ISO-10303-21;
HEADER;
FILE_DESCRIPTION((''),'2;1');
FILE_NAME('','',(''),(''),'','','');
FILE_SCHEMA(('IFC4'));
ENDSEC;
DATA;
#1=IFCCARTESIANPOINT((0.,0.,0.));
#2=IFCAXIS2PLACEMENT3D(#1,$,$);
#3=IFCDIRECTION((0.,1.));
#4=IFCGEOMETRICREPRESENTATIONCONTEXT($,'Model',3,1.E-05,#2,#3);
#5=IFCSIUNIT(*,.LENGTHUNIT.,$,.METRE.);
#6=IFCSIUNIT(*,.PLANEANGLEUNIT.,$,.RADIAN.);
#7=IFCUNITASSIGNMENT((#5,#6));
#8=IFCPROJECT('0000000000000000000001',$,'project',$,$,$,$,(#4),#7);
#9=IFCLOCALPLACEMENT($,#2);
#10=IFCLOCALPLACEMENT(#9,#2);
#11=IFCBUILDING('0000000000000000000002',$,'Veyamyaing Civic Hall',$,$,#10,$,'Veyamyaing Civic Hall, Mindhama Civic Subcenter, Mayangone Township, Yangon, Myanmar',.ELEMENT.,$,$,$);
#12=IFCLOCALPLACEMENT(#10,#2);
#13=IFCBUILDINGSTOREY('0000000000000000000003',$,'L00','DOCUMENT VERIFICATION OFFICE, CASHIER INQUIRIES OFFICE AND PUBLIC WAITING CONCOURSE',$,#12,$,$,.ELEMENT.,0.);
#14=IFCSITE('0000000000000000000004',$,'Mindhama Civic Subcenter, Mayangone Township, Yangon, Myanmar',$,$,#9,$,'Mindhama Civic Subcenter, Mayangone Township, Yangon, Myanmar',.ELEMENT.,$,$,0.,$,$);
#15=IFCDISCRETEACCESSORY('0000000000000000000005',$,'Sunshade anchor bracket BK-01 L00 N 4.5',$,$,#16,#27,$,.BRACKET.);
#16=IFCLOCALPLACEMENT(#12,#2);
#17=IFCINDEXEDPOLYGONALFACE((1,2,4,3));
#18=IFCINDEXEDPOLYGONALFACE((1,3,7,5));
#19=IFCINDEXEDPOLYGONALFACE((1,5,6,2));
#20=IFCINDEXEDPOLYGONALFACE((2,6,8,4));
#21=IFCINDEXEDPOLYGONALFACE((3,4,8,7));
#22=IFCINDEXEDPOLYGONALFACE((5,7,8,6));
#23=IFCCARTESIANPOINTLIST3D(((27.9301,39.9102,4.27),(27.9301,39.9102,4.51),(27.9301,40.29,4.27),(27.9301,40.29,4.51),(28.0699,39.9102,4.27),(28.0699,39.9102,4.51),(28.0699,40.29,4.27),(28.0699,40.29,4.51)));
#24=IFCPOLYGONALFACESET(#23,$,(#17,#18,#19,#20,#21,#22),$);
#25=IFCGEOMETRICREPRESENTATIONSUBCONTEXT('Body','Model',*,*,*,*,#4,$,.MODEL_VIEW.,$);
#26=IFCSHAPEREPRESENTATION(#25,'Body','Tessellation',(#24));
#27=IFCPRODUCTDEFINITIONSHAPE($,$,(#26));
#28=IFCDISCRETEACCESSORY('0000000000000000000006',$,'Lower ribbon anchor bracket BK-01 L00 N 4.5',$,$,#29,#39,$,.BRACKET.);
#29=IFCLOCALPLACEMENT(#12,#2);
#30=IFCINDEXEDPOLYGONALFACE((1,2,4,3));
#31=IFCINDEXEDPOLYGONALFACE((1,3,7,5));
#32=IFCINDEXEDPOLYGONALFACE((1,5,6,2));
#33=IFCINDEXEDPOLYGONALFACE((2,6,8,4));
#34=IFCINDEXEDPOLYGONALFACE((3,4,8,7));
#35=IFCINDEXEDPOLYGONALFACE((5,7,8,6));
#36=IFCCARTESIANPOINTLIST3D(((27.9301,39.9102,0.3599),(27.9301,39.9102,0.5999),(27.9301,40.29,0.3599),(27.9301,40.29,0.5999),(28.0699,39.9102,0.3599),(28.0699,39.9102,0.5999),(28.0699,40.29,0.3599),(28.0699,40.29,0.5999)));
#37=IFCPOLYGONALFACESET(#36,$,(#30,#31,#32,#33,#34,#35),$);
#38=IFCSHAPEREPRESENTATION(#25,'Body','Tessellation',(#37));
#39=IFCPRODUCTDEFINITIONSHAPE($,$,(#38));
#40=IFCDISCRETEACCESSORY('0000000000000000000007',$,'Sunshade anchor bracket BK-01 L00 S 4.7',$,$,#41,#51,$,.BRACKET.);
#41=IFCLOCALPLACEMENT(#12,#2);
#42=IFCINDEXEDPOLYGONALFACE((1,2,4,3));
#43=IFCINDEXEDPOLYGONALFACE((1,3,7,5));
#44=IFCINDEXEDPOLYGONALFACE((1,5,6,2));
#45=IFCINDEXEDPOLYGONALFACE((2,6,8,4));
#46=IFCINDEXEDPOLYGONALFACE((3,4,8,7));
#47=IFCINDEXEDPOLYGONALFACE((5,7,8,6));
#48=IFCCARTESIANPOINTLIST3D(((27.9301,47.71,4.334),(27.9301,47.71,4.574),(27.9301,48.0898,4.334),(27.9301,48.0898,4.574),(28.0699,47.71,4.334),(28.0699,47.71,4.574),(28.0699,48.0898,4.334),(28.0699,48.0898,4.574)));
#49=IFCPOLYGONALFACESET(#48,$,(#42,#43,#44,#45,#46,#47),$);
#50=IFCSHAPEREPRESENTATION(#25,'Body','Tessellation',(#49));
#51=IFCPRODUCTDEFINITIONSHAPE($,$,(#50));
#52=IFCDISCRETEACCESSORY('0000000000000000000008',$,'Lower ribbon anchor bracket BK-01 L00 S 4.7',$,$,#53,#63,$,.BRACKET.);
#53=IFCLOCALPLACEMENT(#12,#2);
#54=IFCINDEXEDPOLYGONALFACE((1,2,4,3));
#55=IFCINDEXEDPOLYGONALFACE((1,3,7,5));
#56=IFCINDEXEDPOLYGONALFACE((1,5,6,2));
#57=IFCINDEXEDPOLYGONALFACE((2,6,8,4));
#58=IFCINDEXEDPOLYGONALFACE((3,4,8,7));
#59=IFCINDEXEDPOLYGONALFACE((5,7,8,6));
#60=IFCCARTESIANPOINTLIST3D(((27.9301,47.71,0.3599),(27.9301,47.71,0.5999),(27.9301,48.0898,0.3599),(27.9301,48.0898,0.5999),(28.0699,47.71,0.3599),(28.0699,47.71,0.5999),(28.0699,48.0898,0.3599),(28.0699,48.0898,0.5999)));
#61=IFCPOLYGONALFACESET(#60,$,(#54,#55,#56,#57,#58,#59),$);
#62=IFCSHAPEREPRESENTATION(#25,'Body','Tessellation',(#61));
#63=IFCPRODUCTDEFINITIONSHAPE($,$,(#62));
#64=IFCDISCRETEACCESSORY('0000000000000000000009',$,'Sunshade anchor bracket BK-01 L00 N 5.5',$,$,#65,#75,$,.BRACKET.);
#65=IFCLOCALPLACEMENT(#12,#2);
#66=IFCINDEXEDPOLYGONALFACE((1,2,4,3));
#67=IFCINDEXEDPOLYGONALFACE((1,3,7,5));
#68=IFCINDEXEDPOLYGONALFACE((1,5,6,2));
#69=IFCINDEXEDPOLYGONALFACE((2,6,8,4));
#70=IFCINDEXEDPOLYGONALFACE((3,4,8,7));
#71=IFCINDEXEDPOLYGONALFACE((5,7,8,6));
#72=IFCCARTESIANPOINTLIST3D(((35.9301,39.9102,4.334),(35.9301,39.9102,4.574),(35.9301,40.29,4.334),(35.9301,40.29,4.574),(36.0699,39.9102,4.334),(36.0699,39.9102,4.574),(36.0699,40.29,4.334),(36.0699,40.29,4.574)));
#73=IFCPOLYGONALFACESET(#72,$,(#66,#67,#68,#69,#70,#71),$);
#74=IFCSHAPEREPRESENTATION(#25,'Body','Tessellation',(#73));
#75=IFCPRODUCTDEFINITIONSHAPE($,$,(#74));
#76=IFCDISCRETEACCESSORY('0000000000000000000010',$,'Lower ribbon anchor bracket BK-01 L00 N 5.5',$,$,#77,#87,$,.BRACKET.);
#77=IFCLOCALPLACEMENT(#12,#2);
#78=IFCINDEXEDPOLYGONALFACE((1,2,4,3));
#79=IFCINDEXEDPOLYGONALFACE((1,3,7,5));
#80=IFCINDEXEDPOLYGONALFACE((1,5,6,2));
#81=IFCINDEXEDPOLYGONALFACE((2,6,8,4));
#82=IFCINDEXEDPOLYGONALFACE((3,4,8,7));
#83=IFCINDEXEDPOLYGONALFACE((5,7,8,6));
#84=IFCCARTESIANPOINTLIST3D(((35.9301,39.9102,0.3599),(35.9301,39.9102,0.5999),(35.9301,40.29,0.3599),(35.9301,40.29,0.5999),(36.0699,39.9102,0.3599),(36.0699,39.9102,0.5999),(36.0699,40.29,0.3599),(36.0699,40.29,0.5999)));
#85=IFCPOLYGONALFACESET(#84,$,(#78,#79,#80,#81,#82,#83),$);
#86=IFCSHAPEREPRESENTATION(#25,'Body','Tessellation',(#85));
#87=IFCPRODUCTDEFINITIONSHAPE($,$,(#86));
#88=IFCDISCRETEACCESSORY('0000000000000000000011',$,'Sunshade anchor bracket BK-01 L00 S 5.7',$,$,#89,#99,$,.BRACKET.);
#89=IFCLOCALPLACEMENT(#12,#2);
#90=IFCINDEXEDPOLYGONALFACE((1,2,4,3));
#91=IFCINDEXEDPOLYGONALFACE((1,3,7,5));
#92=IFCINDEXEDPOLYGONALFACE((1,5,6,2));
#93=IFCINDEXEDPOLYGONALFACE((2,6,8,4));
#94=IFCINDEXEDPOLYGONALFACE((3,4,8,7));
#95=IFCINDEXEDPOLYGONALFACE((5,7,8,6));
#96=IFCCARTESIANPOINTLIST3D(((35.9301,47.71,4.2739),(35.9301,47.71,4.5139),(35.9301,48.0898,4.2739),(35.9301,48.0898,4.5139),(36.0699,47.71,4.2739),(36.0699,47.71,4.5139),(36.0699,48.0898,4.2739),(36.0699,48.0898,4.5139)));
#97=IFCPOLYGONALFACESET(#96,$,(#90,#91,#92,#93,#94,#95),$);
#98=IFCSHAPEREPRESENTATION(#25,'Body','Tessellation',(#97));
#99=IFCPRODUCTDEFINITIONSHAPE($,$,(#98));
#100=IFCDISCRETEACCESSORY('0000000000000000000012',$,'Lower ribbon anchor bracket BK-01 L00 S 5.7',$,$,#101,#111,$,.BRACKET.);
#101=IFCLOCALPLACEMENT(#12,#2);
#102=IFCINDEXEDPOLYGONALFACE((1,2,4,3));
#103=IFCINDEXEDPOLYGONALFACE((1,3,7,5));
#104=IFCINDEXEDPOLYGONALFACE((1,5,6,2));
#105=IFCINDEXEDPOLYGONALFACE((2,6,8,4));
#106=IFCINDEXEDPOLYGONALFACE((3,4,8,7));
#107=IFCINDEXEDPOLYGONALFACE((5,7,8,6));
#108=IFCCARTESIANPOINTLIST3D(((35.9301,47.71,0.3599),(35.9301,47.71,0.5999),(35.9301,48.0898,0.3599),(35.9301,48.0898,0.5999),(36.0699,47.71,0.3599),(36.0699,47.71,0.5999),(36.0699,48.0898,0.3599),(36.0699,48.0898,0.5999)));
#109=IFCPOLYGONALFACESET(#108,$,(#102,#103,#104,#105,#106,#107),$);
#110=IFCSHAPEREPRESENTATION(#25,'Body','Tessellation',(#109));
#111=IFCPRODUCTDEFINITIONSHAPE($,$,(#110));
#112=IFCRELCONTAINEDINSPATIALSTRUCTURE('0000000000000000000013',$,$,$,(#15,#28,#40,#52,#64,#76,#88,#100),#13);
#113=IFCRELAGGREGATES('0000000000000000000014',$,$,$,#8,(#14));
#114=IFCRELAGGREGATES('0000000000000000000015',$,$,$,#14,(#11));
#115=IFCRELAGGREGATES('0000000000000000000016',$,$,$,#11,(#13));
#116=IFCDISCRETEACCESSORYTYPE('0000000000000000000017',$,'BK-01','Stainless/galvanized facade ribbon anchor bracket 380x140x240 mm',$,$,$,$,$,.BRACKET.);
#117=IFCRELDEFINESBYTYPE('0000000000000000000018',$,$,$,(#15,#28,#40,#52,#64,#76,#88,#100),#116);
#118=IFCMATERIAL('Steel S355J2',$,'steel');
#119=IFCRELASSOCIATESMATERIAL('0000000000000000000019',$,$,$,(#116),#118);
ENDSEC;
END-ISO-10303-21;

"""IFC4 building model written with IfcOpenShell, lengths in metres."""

from ifc_helpers import new_model, si_unit, direction, frame, origin, origin_2d, place, context, subcontext, project, spatial, rectangle, extrude, material, type_object, element, save


model = new_model("IFC4")

# Units and contexts
model_context = context("Model", 3, precision=1e-05, world=origin(), true_north=direction((0.0, 1.0)))
body_context = subcontext(model_context, "Body", "Model", "MODEL_VIEW")
ifc_project = project(units=[si_unit("LENGTHUNIT", "METRE"), si_unit("PLANEANGLEUNIT", "RADIAN")], contexts=[model_context])

# Site, building, storey
site_placement = place(None, origin())
site = spatial("IfcSite", under=ifc_project, at=site_placement, Name="Mindhama Civic Subcenter, Mayangone Township, Yangon, Myanmar", LongName="Mindhama Civic Subcenter, Mayangone Township, Yangon, Myanmar", CompositionType="ELEMENT", RefElevation=0.0)
building_placement = place(site_placement, origin())
building = spatial("IfcBuilding", under=site, at=building_placement, Name="Veyamyaing Civic Hall", LongName="Veyamyaing Civic Hall, Mindhama Civic Subcenter, Mayangone Township, Yangon, Myanmar", CompositionType="ELEMENT")
storey_placement = place(building_placement, origin())
storey = spatial("IfcBuildingStorey", under=building, at=storey_placement, Name="L00", Description="DOCUMENT VERIFICATION OFFICE, CASHIER INQUIRIES OFFICE AND PUBLIC WAITING CONCOURSE", CompositionType="ELEMENT", Elevation=0.0)

# Discrete accessories
ifc_material_1 = material(Name="Steel S355J2", Category="steel")
discrete_accessory_type = type_object("IfcDiscreteAccessoryType", Name="BK-01", Description="Stainless/galvanized facade ribbon anchor bracket 380x140x240 mm", PredefinedType="BRACKET", material=ifc_material_1)
for number, where, z_axis, x_axis, name in (
    (1, (28.0, 40.1001, 4.27), (0.0, 0.0, 1.0), (0.0, 1.0, 0.0), "Sunshade anchor bracket BK-01 L00 N 4.5"),
    (2, (28.0, 40.1001, 0.3599), (0.0, 0.0, 1.0), (0.0, 1.0, 0.0), "Lower ribbon anchor bracket BK-01 L00 N 4.5"),
    (3, (28.0, 47.8999, 4.334), (0.0, 0.0, 1.0), (0.0, -1.0, 0.0), "Sunshade anchor bracket BK-01 L00 S 4.7"),
    (4, (28.0, 47.8999, 0.3599), (0.0, 0.0, 1.0), (0.0, -1.0, 0.0), "Lower ribbon anchor bracket BK-01 L00 S 4.7"),
    (5, (36.0, 40.1001, 4.334), (0.0, 0.0, 1.0), (0.0, 1.0, 0.0), "Sunshade anchor bracket BK-01 L00 N 5.5"),
    (6, (36.0, 40.1001, 0.3599), (0.0, 0.0, 1.0), (0.0, 1.0, 0.0), "Lower ribbon anchor bracket BK-01 L00 N 5.5"),
    (7, (36.0, 47.8999, 4.2739), (0.0, 0.0, 1.0), (0.0, -1.0, 0.0), "Sunshade anchor bracket BK-01 L00 S 5.7"),
    (8, (36.0, 47.8999, 0.3599), (0.0, 0.0, 1.0), (0.0, -1.0, 0.0), "Lower ribbon anchor bracket BK-01 L00 S 5.7"),
):
    element("IfcDiscreteAccessory", number, at=place(storey_placement, frame(where, z_axis=z_axis, x_axis=x_axis)), inside=storey, type_object=discrete_accessory_type, Name=name, PredefinedType="BRACKET", context=body_context, shape_type="SweptSolid", body=[
        extrude(rectangle(XDim=0.3799, YDim=0.1399, at=origin_2d()), origin(), (0.0, 0.0, 1.0), 0.24),
    ])

save(model, "model.ifc")
